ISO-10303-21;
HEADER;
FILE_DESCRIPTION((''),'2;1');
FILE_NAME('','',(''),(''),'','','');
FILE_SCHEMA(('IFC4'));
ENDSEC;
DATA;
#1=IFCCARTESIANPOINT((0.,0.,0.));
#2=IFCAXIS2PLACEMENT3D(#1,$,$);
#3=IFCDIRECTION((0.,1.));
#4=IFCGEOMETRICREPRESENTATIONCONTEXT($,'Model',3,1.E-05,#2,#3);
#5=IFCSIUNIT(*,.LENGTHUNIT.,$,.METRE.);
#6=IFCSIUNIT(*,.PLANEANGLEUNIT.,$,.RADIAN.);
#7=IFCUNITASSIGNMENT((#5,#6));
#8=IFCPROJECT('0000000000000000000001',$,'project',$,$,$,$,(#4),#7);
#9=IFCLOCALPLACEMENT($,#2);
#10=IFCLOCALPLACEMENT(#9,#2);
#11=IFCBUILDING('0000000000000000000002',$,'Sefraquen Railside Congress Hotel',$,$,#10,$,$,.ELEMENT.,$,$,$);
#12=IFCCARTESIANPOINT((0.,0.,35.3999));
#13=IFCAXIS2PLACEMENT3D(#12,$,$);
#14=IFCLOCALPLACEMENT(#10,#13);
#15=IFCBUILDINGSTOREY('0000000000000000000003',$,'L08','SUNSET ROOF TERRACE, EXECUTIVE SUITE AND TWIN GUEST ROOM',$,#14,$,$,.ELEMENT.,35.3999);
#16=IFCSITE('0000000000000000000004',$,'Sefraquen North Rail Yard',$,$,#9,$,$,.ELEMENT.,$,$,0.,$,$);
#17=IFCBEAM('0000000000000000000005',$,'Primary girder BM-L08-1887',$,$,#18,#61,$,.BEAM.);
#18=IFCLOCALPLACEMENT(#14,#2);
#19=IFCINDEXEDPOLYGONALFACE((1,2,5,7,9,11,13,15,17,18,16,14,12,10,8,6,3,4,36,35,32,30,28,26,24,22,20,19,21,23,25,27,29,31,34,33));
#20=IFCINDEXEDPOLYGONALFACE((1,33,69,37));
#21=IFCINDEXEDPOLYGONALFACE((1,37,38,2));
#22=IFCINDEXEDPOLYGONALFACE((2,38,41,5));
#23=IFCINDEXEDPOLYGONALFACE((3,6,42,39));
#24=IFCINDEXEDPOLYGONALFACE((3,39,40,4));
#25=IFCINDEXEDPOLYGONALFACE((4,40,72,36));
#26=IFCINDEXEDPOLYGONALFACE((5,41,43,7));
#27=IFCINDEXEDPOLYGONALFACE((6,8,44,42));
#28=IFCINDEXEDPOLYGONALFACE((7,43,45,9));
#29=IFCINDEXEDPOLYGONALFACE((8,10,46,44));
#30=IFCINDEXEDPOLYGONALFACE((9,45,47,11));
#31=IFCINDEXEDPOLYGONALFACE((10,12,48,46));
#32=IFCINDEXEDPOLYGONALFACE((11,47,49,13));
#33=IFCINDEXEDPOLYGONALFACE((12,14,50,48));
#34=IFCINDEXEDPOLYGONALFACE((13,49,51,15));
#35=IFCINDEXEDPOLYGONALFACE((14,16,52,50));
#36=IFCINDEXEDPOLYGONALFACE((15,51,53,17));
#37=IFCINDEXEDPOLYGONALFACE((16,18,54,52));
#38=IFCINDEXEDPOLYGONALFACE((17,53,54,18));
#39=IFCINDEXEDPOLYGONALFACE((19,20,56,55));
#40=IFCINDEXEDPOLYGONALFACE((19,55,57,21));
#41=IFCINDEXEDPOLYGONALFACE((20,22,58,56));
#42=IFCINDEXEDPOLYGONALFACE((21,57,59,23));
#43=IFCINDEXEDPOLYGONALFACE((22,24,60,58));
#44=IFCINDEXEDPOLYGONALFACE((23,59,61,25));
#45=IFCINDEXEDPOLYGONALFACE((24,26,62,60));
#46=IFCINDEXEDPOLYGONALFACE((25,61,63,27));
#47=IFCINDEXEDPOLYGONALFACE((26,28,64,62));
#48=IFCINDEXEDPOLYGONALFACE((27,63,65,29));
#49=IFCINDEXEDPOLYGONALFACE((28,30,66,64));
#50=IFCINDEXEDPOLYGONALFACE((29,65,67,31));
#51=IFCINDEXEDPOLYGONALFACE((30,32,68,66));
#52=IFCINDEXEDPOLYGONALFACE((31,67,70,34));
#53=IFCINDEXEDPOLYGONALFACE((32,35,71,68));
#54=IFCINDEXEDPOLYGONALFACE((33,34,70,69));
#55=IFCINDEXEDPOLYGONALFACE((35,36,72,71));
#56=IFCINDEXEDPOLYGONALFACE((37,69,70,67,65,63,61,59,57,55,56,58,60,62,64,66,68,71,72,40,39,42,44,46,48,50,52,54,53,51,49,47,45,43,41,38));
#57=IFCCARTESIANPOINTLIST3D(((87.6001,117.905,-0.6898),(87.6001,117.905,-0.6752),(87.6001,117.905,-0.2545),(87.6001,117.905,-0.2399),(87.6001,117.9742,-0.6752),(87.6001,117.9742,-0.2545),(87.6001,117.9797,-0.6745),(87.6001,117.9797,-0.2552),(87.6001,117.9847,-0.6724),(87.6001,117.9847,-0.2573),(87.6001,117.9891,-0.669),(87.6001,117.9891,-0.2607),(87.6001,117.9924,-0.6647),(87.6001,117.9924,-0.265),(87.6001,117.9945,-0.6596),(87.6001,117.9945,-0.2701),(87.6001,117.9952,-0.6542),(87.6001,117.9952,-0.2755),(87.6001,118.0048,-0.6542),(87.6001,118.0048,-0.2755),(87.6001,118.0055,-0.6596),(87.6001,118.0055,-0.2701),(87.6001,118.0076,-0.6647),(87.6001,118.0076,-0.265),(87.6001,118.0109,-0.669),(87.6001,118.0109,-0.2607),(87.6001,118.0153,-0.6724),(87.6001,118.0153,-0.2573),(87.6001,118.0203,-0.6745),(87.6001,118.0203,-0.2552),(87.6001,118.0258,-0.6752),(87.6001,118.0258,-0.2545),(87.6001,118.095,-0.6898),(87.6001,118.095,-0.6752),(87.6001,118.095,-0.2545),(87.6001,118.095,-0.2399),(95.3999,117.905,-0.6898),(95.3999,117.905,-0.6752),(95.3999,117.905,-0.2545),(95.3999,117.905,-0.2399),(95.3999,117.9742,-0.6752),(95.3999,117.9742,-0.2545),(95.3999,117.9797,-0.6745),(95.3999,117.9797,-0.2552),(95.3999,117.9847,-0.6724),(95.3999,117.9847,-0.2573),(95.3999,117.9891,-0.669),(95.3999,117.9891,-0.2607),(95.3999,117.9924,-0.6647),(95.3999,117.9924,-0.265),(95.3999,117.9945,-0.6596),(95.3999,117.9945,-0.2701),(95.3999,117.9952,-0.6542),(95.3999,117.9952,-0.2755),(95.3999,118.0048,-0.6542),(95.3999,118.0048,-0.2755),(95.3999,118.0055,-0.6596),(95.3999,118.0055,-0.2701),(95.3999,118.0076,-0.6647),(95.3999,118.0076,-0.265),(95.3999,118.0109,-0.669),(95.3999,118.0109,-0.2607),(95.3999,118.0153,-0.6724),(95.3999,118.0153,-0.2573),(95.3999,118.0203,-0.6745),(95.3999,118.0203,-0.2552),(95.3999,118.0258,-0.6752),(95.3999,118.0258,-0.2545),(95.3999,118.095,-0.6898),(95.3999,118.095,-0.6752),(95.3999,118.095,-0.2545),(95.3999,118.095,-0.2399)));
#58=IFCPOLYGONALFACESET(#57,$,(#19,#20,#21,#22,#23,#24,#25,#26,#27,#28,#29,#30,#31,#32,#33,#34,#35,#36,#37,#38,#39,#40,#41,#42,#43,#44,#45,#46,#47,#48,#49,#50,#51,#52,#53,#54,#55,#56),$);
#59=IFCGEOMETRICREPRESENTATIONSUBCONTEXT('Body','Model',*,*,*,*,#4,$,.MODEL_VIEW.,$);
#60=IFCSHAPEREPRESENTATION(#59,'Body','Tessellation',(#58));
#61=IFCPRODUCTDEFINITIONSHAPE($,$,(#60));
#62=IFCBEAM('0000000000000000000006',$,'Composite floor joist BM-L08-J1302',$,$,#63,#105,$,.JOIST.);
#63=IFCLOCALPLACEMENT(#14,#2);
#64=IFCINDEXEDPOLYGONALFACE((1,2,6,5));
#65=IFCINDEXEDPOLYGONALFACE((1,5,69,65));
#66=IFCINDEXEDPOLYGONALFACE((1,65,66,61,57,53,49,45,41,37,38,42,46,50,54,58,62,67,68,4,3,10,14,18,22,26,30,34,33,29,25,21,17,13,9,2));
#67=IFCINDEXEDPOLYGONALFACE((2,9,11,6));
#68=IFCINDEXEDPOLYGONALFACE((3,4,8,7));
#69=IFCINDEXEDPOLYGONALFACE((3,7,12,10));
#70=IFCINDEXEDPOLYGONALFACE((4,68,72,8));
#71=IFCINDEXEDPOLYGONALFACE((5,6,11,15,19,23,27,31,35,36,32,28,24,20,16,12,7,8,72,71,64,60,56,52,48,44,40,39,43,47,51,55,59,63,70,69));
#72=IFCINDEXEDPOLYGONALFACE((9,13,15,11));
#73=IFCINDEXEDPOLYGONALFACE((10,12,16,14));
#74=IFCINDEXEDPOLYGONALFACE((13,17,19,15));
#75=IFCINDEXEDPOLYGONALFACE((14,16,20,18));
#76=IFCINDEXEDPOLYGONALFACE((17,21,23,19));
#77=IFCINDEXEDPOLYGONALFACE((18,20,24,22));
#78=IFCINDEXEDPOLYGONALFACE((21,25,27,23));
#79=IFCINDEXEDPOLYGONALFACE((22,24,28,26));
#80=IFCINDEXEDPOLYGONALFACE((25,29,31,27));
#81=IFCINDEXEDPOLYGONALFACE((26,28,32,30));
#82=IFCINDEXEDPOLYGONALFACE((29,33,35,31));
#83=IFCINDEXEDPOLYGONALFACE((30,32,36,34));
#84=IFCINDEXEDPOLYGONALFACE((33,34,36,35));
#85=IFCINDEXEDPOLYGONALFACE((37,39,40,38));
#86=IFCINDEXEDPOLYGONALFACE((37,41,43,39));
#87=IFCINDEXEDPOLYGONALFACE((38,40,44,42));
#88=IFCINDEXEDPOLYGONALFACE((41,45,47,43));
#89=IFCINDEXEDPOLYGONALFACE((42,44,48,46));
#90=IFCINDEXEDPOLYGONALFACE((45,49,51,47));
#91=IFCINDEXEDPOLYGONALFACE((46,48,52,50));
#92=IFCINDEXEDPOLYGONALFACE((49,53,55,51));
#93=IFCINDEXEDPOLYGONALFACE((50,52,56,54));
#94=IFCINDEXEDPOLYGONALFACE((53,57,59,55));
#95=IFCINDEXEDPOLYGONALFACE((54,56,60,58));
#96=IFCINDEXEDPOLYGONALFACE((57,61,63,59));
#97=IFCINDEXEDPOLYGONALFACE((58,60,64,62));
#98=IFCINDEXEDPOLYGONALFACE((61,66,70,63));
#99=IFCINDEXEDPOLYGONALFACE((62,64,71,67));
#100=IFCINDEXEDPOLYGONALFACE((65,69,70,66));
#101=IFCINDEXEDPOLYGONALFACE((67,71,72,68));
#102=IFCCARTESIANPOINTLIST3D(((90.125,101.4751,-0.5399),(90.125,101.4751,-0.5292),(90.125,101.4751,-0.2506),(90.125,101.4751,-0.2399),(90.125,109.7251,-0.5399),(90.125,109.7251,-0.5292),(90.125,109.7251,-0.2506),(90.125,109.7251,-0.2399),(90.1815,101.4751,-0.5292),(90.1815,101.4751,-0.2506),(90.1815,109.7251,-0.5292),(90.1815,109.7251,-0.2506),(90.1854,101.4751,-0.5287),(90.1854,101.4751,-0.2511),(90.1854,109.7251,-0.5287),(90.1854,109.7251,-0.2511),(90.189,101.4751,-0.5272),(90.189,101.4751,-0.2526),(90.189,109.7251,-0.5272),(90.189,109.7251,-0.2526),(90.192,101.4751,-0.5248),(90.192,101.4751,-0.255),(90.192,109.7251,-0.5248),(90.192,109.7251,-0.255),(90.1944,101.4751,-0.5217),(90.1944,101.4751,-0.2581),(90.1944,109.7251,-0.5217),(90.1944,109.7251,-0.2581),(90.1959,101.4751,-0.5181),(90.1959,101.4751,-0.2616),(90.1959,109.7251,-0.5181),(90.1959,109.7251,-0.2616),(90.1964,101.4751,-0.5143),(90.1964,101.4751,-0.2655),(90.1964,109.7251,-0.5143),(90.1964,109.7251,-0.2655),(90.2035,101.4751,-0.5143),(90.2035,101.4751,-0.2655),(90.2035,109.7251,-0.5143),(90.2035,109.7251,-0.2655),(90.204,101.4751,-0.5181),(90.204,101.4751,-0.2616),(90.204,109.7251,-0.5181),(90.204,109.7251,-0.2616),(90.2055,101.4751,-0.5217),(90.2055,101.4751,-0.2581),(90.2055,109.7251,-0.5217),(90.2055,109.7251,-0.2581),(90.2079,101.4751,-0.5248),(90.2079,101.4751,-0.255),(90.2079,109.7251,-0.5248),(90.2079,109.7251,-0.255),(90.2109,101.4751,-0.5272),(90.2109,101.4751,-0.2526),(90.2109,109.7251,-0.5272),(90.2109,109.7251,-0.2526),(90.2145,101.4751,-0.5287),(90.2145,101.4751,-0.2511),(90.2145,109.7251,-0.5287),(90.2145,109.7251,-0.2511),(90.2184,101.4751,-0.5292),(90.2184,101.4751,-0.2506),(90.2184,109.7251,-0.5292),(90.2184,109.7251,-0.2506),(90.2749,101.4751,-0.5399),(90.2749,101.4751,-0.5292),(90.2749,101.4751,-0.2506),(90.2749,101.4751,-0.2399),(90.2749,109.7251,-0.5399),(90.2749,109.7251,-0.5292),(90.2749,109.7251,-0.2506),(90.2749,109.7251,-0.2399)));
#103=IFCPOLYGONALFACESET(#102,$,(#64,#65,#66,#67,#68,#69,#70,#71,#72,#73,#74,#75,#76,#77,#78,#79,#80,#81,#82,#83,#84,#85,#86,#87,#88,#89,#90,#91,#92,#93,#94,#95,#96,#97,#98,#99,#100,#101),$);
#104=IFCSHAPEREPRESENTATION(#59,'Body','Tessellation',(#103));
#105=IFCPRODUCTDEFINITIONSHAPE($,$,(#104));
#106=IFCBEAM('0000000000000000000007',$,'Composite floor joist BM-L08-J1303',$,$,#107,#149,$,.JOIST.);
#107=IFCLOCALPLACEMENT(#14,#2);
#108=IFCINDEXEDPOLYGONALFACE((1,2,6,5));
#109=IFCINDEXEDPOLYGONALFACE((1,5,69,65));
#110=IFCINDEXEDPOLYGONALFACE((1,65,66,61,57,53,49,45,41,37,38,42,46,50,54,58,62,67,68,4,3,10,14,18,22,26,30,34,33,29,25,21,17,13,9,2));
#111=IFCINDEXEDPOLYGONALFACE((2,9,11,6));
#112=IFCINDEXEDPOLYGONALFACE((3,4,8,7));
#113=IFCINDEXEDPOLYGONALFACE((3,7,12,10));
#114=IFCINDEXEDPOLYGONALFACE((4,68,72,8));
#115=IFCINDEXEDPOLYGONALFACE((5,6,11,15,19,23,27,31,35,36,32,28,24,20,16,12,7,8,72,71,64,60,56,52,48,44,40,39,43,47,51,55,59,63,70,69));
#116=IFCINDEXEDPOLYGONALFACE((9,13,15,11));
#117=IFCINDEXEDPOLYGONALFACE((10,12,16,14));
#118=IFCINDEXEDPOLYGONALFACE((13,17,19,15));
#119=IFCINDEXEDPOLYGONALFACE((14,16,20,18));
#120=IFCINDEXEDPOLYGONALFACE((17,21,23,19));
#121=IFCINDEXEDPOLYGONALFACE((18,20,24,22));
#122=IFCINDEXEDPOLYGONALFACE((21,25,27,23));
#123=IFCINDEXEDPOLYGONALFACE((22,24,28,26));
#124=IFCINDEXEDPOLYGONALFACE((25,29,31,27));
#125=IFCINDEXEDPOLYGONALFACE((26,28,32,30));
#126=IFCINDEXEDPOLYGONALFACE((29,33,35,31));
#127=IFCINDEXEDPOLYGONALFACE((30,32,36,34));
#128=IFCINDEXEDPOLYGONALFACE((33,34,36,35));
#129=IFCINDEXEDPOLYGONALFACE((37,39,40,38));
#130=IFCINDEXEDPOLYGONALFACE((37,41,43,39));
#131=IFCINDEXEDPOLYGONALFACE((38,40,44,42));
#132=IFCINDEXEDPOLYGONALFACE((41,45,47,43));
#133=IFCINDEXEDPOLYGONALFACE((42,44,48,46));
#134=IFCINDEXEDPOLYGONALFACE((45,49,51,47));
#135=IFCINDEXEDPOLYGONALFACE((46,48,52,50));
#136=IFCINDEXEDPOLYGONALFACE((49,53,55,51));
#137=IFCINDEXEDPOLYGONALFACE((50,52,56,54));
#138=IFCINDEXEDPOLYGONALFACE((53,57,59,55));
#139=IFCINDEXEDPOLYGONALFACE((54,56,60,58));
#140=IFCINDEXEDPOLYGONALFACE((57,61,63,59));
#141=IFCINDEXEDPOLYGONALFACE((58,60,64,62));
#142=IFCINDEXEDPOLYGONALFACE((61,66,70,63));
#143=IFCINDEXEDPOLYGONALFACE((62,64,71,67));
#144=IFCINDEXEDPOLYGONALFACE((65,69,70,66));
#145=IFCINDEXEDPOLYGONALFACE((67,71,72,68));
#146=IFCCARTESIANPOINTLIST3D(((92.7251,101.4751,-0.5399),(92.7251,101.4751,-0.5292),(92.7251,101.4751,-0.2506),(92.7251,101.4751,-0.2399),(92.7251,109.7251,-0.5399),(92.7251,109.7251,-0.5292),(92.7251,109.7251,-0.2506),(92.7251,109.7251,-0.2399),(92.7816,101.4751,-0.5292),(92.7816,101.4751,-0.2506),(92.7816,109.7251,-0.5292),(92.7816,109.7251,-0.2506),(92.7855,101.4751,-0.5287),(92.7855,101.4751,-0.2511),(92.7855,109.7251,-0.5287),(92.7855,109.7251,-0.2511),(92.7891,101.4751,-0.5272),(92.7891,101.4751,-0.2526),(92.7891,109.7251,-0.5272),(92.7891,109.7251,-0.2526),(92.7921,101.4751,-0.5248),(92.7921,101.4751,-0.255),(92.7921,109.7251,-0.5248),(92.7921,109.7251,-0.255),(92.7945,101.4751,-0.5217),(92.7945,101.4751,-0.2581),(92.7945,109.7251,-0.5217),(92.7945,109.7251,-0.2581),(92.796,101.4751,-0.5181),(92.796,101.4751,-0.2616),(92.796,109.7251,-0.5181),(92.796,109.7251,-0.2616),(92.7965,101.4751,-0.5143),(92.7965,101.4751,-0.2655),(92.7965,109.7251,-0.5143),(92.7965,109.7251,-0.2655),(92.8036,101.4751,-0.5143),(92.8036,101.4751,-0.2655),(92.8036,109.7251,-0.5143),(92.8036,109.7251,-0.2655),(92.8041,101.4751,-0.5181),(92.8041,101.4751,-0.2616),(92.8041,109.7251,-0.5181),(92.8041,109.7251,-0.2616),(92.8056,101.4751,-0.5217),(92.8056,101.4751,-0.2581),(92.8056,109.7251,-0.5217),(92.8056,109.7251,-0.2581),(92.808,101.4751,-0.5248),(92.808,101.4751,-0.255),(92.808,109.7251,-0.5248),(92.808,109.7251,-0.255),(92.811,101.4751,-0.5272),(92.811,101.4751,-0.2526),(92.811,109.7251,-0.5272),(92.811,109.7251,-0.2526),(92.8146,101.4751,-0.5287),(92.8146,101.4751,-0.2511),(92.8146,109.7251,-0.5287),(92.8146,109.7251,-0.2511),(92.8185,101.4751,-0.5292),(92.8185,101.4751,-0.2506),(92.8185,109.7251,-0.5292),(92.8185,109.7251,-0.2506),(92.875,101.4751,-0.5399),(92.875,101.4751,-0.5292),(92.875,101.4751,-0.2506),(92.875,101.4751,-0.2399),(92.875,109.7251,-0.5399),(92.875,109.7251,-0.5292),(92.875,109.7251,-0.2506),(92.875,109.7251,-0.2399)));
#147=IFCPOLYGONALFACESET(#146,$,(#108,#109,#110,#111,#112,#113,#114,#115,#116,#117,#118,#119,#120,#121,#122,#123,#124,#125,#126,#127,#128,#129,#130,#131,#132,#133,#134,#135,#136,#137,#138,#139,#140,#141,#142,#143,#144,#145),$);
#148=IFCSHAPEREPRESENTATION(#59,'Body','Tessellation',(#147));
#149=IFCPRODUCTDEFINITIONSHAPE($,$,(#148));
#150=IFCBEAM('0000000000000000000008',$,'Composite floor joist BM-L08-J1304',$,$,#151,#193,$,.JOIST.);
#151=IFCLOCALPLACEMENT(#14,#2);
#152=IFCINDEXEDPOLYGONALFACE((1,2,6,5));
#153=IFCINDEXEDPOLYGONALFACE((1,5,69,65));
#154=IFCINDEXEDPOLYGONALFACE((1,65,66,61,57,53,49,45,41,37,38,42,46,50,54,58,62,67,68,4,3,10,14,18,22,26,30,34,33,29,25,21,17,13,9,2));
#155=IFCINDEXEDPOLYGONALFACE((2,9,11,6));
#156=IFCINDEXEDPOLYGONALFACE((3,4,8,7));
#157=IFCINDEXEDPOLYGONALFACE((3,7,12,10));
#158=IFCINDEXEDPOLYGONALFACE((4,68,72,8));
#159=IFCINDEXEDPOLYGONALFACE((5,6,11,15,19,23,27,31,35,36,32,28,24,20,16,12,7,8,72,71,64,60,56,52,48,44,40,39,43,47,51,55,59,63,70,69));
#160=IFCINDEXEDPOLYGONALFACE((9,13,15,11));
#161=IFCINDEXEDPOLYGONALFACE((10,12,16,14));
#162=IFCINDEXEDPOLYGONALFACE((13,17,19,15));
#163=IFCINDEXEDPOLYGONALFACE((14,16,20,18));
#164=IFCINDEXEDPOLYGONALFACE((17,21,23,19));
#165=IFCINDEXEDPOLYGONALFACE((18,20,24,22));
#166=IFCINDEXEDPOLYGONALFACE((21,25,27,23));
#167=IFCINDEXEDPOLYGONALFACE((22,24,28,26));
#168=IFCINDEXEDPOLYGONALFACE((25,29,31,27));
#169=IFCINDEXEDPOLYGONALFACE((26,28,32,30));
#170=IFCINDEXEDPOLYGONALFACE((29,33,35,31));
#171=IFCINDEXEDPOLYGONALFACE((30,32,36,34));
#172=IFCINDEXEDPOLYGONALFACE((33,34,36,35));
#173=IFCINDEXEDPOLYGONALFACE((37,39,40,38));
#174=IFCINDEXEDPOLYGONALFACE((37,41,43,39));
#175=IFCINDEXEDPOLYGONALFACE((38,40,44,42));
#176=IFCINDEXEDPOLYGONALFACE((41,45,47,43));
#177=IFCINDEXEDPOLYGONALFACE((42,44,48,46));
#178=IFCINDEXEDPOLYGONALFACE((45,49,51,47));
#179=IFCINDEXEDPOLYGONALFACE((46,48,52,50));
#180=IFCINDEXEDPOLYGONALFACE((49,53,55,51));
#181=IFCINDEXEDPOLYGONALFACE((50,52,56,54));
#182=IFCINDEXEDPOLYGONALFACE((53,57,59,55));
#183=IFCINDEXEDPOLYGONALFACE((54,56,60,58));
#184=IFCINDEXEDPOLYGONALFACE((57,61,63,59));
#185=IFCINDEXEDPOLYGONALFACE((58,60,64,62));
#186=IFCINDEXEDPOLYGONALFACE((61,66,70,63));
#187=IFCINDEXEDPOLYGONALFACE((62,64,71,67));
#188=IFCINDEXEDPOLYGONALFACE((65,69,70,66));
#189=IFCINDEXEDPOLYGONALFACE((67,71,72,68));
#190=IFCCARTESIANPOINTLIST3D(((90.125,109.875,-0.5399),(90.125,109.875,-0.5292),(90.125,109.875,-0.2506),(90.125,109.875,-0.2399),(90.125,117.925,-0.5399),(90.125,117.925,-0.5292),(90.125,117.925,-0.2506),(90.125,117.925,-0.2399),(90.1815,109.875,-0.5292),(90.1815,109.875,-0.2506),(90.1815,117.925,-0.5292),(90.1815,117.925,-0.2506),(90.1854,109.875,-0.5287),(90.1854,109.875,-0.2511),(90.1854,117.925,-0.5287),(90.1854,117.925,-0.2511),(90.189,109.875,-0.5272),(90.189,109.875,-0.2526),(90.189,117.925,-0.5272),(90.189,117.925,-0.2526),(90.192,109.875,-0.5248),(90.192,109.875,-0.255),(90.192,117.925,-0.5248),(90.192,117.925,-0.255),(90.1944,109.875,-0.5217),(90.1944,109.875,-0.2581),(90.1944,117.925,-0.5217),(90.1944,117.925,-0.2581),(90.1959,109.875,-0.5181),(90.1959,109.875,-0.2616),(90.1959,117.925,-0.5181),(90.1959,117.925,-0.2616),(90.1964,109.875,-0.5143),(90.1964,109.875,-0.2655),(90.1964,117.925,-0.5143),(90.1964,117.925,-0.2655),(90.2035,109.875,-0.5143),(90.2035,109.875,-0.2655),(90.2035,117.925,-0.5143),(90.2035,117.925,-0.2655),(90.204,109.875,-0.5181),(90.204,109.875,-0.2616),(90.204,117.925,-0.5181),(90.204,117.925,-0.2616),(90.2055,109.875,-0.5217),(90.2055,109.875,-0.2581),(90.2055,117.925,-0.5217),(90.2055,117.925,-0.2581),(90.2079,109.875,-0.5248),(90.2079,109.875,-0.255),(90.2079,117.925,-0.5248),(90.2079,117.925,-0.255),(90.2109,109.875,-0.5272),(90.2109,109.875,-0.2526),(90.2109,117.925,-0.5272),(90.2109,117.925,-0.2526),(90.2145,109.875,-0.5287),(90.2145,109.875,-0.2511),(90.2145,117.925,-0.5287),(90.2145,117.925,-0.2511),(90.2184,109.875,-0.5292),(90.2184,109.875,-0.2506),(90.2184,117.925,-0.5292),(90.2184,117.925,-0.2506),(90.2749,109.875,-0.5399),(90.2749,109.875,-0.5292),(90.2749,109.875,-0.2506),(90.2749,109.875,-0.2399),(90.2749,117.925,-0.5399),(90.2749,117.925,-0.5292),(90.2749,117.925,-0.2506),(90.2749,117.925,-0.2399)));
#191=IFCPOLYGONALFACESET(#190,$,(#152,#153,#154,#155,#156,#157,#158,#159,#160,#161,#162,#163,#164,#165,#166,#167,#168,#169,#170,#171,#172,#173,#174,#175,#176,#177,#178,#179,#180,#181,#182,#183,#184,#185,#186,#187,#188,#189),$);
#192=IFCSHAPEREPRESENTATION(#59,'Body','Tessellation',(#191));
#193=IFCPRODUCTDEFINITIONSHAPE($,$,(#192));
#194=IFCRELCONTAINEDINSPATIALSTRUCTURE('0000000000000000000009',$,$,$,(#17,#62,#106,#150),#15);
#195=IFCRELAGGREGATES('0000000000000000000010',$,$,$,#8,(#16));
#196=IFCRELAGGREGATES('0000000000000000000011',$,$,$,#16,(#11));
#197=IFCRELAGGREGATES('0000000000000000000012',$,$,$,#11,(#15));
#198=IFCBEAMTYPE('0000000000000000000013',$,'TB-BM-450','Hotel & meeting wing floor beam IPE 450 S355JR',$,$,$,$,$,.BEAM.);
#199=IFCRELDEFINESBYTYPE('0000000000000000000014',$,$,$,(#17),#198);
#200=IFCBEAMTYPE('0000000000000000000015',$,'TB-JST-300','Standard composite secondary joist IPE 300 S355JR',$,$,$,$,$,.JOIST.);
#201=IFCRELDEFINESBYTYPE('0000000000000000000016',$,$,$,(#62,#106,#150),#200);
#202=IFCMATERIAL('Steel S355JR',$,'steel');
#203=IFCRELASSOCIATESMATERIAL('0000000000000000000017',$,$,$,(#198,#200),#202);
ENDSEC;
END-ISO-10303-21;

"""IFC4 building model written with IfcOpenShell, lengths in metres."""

from ifc_helpers import new_model, si_unit, direction, frame, origin, origin_2d, place, context, subcontext, project, spatial, i_section, extrude, material, material_profile, profile_set, type_object, element, save


model = new_model("IFC4")

# Units and contexts
model_context = context("Model", 3, precision=1e-05, world=origin(), true_north=direction((0.0, 1.0)))
body_context = subcontext(model_context, "Body", "Model", "MODEL_VIEW")
ifc_project = project(units=[si_unit("LENGTHUNIT", "METRE"), si_unit("PLANEANGLEUNIT", "RADIAN")], contexts=[model_context])

# Site, building, storey
site_placement = place(None, origin())
site = spatial("IfcSite", under=ifc_project, at=site_placement, Name="Sefraquen North Rail Yard", CompositionType="ELEMENT", RefElevation=0.0)
building_placement = place(site_placement, origin())
building = spatial("IfcBuilding", under=site, at=building_placement, Name="Sefraquen Railside Congress Hotel", CompositionType="ELEMENT")
storey_placement = place(building_placement, frame((0.0, 0.0, 35.3999)))
storey = spatial("IfcBuildingStorey", under=building, at=storey_placement, Name="L08", Description="SUNSET ROOF TERRACE, EXECUTIVE SUITE AND TWIN GUEST ROOM", CompositionType="ELEMENT", Elevation=35.3999)

# Shared definitions
ifc_material_1 = material(Name="Steel S355JR", Category="steel")

# Beams
ifc_material_profile_1 = material_profile(ifc_material_1, i_section(OverallWidth=0.1899, OverallDepth=0.45, WebThickness=0.0095, FlangeThickness=0.0146, FilletRadius=0.021, at=origin_2d()), Name="IPE 450")
ifc_profile_set_1 = profile_set([ifc_material_profile_1], Name="Steel S355JR")
beam_type_1 = type_object("IfcBeamType", Name="TB-BM-450", Description="Hotel & meeting wing floor beam IPE 450 S355JR", PredefinedType="BEAM", material=ifc_profile_set_1)
beam_1_placement = place(storey_placement, frame((87.6001, 118.0, -0.4648), z_axis=(1.0, 0.0, 0.0), x_axis=(0.0, 1.0, 0.0)))
element("IfcBeam", 1, at=beam_1_placement, inside=storey, type_object=beam_type_1, Name="Primary girder BM-L08-1887", PredefinedType="BEAM", context=body_context, shape_type="SweptSolid", body=[
    extrude(i_section(OverallWidth=0.1899, OverallDepth=0.45, WebThickness=0.0095, FlangeThickness=0.0146, FilletRadius=0.021, at=origin_2d()), origin(), (0.0, 0.0, 1.0), 7.7998),
])
ifc_material_profile_2 = material_profile(ifc_material_1, i_section(OverallWidth=0.1499, OverallDepth=0.3, WebThickness=0.0071, FlangeThickness=0.0107, FilletRadius=0.0149, at=origin_2d()), Name="IPE 300")
ifc_profile_set_2 = profile_set([ifc_material_profile_2], Name="Steel S355JR")
beam_type_2 = type_object("IfcBeamType", Name="TB-JST-300", Description="Standard composite secondary joist IPE 300 S355JR", PredefinedType="JOIST", material=ifc_profile_set_2)
for number, where, z_axis, x_axis, name in (
    (2, (90.2, 101.4751, -0.3899), (0.0, 1.0, 0.0), (-1.0, 0.0, 0.0), "Composite floor joist BM-L08-J1302"),
    (3, (92.8, 101.4751, -0.3899), (0.0, 1.0, 0.0), (-1.0, 0.0, 0.0), "Composite floor joist BM-L08-J1303"),
):
    element("IfcBeam", number, at=place(storey_placement, frame(where, z_axis=z_axis, x_axis=x_axis)), inside=storey, type_object=beam_type_2, Name=name, PredefinedType="JOIST", context=body_context, shape_type="SweptSolid", body=[
        extrude(i_section(OverallWidth=0.1499, OverallDepth=0.3, WebThickness=0.0071, FlangeThickness=0.0107, FilletRadius=0.0149, at=origin_2d()), origin(), (0.0, 0.0, 1.0), 8.25),
    ])
for number, where, z_axis, x_axis, name in (
    (4, (90.2, 109.875, -0.3899), (0.0, 1.0, 0.0), (-1.0, 0.0, 0.0), "Composite floor joist BM-L08-J1304"),
):
    element("IfcBeam", number, at=place(storey_placement, frame(where, z_axis=z_axis, x_axis=x_axis)), inside=storey, type_object=beam_type_2, Name=name, PredefinedType="JOIST", context=body_context, shape_type="SweptSolid", body=[
        extrude(i_section(OverallWidth=0.1499, OverallDepth=0.3, WebThickness=0.0071, FlangeThickness=0.0107, FilletRadius=0.0149, at=origin_2d()), origin(), (0.0, 0.0, 1.0), 8.05),
    ])

save(model, "model.ifc")
